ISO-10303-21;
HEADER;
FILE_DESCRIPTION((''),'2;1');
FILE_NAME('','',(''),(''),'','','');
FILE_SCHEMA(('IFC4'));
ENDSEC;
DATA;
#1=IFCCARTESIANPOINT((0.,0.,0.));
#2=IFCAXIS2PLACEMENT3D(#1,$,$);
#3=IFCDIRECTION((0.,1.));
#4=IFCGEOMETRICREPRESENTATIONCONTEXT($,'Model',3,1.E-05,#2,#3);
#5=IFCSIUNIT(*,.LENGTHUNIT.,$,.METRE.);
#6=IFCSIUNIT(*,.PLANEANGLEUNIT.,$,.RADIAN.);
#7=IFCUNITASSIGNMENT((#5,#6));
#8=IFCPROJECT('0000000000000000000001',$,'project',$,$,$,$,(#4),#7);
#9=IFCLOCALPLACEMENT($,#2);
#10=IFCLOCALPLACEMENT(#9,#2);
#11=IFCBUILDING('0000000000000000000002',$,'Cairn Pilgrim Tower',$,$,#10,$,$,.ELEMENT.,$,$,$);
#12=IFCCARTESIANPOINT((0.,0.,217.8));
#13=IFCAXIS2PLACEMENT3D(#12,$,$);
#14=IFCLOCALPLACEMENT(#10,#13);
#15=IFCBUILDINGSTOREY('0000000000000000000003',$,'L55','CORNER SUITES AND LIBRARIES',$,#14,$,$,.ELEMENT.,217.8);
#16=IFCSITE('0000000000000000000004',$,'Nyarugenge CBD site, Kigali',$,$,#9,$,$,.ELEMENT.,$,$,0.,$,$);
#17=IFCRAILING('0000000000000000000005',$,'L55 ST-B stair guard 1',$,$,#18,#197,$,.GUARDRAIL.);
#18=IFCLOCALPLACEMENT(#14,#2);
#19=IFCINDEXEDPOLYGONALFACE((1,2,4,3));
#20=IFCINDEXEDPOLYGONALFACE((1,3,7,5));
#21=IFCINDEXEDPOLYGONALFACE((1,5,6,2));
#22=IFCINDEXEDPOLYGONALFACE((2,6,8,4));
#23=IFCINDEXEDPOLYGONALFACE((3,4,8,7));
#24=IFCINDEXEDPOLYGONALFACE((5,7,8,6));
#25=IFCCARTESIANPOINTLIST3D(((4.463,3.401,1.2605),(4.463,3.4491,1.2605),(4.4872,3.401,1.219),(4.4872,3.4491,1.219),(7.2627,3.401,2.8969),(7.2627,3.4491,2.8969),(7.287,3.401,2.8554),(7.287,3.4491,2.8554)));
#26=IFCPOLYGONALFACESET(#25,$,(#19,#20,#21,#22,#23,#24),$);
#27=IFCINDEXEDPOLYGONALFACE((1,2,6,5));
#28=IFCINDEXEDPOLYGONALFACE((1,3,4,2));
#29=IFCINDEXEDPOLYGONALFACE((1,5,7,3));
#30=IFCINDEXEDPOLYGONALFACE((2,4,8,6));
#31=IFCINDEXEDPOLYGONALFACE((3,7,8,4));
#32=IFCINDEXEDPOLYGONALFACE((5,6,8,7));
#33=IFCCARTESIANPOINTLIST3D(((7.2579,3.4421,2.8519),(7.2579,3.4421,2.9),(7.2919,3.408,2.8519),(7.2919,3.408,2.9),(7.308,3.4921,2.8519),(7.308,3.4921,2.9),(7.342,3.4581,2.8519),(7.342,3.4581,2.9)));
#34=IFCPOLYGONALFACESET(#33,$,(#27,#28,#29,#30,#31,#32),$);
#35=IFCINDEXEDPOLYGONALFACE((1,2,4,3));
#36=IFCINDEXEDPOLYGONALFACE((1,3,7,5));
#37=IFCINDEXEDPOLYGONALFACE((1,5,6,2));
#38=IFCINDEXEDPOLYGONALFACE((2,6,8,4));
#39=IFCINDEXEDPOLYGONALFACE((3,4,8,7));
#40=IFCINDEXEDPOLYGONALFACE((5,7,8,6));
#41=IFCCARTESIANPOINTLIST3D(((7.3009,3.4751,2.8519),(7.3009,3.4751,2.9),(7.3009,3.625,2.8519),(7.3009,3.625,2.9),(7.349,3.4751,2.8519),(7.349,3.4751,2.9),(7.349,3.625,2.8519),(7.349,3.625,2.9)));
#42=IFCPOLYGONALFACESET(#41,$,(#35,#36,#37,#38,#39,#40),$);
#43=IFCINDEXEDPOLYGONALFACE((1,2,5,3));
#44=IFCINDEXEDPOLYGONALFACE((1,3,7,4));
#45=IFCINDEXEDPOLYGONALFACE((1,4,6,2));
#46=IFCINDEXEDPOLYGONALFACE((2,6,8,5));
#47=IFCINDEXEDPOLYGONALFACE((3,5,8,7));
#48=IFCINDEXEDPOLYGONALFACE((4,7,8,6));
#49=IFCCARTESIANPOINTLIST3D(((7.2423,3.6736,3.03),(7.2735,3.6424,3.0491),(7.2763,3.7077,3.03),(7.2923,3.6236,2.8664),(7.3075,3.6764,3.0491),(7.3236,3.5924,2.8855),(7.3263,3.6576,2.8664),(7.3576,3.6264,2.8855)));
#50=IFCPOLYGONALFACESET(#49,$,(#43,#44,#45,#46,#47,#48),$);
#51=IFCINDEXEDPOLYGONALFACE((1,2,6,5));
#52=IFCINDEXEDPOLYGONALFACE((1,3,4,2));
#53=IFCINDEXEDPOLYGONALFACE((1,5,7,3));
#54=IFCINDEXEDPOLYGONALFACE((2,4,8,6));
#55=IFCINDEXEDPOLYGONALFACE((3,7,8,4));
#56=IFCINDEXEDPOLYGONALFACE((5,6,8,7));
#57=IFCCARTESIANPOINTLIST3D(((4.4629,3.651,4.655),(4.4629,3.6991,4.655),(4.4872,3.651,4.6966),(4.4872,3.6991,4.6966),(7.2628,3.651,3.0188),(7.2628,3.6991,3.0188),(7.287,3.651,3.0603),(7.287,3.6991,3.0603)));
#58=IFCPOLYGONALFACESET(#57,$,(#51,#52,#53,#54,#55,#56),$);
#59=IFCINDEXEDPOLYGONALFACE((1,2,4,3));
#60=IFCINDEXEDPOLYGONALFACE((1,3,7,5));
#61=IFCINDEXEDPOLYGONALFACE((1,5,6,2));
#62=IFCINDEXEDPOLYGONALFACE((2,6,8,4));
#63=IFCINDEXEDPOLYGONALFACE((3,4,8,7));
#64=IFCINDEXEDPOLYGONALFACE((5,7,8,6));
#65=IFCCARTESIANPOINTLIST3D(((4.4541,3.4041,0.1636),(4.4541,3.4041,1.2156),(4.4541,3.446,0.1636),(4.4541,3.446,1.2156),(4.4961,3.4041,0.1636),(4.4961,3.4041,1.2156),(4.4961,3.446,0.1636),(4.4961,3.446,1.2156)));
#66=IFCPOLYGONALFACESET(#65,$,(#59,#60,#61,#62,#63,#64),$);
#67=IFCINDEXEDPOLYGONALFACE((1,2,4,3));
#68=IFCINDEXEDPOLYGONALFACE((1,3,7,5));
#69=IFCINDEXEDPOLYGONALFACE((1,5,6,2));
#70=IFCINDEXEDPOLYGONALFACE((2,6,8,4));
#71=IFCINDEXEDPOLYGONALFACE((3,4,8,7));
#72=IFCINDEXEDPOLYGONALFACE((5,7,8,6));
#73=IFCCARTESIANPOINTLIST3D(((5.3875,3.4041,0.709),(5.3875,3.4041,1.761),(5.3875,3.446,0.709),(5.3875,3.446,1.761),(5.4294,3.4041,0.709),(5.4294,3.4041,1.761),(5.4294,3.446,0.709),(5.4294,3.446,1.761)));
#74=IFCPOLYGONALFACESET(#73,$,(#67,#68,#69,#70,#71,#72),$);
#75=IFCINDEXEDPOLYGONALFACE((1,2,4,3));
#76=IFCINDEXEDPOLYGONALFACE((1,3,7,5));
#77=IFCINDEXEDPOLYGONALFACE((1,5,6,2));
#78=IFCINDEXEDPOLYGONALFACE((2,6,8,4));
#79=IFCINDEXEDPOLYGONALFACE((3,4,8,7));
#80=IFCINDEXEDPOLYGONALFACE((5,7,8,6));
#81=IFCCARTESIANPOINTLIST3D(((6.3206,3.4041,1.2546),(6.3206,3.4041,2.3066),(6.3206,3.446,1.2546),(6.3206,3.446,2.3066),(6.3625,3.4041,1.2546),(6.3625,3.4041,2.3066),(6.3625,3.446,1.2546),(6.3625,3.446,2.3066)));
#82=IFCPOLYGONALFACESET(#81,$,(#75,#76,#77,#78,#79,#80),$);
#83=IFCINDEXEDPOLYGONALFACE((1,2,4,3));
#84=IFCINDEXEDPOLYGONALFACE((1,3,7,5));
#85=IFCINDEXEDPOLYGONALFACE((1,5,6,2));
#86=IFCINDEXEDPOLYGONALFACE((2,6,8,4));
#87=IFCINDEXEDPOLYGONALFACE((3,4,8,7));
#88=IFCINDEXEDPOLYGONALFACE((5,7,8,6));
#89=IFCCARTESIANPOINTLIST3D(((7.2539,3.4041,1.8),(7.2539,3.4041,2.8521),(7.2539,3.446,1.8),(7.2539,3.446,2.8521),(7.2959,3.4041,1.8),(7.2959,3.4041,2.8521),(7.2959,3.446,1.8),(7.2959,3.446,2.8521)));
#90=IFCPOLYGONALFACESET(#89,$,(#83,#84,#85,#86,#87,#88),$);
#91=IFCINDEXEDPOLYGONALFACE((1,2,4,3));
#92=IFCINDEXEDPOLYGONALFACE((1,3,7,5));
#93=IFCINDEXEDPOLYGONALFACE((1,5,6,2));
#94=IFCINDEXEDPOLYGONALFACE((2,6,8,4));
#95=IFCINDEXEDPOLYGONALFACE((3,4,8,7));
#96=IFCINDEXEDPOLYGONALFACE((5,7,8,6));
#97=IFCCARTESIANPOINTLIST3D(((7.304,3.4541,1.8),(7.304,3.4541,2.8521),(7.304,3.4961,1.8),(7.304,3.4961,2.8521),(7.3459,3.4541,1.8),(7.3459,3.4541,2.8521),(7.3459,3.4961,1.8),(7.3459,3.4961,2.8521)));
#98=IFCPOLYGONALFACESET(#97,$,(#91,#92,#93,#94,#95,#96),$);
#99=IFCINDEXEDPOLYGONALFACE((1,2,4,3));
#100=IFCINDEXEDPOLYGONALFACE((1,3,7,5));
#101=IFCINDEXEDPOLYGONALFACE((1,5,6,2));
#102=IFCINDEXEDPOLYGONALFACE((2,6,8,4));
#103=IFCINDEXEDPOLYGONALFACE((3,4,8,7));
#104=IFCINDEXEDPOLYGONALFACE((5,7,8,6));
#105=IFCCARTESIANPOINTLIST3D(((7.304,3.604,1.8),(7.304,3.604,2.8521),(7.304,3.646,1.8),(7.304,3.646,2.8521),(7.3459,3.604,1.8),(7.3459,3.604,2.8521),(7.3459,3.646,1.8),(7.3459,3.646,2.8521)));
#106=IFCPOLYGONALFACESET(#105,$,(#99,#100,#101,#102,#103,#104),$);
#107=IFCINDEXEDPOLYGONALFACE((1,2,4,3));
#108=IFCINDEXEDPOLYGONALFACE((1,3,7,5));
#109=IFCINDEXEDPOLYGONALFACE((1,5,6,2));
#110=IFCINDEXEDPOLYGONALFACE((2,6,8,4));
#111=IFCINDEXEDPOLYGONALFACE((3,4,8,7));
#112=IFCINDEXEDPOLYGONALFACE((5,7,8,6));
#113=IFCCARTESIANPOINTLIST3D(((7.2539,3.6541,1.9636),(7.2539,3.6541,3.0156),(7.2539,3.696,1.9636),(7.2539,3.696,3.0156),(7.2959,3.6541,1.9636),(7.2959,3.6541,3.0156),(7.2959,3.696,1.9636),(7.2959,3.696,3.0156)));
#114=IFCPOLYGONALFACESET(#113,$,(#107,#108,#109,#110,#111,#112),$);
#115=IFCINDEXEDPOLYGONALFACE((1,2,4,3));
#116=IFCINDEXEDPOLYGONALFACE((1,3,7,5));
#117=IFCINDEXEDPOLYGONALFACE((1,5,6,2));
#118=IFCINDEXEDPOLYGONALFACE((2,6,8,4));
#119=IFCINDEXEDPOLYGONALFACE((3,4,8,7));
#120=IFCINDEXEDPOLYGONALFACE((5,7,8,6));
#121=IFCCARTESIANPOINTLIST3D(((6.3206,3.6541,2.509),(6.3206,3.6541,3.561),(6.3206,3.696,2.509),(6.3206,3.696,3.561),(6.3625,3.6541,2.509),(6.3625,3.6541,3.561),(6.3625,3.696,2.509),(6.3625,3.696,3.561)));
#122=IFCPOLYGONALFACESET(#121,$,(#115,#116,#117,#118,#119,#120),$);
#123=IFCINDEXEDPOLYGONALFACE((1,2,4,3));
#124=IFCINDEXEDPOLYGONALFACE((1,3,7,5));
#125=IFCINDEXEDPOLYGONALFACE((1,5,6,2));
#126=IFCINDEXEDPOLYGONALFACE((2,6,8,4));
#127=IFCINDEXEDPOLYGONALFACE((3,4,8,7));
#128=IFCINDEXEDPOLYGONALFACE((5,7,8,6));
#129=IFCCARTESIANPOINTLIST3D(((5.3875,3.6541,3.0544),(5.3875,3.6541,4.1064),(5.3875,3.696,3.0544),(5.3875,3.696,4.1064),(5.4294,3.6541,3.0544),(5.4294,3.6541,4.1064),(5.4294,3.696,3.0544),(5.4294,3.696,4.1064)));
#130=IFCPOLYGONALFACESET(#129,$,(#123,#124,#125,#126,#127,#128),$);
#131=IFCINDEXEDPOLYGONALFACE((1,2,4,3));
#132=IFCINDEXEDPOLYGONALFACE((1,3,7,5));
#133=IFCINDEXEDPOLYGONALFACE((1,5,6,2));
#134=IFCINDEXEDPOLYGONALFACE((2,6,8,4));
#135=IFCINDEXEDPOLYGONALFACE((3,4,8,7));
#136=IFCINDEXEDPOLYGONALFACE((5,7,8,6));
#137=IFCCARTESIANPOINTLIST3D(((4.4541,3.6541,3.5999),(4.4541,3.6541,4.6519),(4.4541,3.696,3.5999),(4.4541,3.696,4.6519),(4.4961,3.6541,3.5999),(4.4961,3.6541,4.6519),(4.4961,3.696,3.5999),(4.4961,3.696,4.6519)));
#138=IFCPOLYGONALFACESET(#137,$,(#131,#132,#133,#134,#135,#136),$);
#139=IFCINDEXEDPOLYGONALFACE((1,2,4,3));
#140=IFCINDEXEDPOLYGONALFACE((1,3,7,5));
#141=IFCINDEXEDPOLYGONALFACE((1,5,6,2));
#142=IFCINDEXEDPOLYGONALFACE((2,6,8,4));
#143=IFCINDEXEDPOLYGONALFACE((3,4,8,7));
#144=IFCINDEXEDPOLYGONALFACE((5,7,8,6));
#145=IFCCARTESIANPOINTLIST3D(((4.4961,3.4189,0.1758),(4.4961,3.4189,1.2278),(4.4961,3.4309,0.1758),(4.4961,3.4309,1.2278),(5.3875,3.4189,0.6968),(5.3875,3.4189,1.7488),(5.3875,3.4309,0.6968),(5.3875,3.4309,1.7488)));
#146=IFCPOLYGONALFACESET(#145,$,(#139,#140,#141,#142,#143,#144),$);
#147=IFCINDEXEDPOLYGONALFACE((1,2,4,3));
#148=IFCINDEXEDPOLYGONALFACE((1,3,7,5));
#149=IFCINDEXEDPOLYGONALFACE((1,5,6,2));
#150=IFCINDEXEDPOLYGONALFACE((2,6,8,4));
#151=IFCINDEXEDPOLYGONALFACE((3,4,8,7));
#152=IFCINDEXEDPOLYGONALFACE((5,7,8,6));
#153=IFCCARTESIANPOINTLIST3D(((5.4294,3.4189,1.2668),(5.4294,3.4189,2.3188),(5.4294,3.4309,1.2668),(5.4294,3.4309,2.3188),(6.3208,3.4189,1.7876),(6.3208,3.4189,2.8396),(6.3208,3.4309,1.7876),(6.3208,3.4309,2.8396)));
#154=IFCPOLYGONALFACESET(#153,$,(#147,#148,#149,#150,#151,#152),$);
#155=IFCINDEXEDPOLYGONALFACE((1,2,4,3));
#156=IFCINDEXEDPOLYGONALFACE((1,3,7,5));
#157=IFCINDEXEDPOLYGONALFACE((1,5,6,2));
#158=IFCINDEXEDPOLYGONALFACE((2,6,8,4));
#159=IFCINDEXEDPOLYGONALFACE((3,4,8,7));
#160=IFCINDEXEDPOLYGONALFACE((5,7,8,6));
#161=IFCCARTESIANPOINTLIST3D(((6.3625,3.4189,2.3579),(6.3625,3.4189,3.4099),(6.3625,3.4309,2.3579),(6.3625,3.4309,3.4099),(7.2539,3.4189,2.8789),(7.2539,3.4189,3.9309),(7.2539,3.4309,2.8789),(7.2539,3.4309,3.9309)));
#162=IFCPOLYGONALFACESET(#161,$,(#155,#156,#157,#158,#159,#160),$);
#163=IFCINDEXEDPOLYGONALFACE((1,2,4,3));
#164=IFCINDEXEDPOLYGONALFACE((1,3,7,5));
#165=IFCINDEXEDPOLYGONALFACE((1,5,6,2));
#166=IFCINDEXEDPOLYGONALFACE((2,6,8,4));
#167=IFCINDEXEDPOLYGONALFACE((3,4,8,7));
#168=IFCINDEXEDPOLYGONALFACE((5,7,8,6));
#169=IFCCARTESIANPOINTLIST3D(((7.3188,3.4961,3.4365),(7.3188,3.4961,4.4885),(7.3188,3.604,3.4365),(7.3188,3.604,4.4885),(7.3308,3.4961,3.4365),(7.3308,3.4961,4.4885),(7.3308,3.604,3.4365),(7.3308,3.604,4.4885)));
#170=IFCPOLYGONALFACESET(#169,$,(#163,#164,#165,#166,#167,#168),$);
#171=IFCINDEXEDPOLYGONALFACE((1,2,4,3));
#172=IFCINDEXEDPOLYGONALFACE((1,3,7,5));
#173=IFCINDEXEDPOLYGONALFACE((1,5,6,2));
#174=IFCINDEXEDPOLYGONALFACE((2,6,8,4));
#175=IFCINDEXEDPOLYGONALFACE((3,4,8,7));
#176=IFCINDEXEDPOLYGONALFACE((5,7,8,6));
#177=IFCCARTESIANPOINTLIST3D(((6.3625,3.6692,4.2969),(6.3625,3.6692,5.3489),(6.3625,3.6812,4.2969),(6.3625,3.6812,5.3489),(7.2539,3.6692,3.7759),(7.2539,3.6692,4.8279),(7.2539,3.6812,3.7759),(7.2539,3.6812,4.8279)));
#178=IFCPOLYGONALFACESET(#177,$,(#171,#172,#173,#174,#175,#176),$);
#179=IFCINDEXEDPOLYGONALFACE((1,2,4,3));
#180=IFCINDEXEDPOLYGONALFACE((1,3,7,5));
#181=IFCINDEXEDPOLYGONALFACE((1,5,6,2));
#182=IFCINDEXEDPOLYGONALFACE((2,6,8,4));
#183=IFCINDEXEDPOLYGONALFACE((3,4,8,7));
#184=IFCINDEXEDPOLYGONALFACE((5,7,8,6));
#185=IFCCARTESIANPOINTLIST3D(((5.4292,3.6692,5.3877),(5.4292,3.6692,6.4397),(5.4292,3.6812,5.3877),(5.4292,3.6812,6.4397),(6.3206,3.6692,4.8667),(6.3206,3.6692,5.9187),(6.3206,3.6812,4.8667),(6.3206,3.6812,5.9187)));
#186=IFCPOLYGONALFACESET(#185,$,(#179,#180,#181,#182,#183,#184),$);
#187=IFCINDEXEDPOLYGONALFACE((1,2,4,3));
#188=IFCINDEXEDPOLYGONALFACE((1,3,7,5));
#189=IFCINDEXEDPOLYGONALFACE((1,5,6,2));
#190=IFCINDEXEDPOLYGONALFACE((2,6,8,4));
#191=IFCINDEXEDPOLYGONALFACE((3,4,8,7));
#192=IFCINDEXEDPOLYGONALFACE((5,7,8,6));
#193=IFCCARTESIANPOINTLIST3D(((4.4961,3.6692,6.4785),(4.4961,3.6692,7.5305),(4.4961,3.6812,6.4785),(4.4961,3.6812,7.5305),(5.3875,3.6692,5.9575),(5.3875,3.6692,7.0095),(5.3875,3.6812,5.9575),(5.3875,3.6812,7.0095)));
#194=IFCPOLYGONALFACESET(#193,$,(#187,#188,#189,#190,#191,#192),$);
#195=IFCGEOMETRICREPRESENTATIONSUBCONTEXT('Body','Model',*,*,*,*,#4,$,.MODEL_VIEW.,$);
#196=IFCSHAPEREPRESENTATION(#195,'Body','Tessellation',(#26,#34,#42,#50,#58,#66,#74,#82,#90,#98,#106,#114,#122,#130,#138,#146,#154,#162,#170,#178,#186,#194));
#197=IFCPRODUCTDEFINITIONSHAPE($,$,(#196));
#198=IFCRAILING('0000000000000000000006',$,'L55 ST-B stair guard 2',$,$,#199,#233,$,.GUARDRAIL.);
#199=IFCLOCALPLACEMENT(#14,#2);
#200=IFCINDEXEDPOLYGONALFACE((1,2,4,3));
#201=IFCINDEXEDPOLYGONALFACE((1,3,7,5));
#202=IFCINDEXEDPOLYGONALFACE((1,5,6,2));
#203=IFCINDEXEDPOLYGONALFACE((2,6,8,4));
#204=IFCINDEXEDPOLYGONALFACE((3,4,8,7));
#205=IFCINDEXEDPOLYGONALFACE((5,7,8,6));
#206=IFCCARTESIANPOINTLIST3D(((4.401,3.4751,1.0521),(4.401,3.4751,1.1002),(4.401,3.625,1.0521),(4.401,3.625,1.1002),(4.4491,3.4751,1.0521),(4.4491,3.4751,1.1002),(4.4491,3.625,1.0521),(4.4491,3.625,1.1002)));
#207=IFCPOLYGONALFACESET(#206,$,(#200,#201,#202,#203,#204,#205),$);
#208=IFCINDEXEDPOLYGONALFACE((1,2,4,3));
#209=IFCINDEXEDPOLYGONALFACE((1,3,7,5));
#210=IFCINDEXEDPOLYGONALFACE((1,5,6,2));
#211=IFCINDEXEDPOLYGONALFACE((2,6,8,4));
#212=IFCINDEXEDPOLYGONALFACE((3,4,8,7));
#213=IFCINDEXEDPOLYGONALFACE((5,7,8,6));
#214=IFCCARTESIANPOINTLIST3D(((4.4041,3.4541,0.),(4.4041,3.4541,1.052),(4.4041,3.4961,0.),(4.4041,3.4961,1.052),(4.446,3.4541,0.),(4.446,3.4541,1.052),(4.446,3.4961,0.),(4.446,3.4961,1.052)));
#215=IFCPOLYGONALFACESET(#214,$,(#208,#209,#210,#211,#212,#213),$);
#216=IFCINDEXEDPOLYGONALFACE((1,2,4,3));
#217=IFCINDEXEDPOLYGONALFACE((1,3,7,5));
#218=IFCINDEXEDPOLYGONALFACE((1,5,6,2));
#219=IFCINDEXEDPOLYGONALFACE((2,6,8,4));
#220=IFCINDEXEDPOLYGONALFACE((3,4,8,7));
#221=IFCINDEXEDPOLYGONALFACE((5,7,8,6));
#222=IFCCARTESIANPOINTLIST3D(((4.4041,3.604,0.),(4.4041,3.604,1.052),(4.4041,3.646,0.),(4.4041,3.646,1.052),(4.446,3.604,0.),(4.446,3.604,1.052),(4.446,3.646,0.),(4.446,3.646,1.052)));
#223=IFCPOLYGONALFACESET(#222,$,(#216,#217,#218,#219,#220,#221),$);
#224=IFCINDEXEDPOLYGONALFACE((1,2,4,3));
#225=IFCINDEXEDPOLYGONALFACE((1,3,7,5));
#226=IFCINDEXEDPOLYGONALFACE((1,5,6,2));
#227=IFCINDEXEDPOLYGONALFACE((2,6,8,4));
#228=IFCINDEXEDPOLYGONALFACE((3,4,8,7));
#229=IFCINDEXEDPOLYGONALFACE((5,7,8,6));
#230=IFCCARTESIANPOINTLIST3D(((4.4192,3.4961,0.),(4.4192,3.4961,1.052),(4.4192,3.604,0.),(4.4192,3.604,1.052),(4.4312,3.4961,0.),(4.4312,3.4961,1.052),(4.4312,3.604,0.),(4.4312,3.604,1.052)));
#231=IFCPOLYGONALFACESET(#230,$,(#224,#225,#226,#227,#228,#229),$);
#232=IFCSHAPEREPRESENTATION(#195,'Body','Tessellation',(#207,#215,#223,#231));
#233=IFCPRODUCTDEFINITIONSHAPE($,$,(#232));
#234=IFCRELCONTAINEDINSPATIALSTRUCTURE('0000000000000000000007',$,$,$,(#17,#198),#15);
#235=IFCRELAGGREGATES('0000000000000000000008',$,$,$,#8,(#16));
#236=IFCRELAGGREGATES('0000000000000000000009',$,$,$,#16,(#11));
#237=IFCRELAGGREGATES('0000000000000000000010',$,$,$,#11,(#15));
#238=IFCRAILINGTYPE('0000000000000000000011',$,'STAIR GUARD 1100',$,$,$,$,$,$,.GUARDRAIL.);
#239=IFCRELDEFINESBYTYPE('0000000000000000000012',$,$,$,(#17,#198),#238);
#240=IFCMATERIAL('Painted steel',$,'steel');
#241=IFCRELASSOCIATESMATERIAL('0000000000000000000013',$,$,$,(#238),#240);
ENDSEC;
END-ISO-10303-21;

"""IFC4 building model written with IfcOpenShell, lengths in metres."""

from ifc_helpers import new_model, si_unit, direction, frame, origin, origin_2d, place, context, subcontext, project, spatial, polyline, rectangle, outline, extrude, material, type_object, element, save


model = new_model("IFC4")

# Units and contexts
model_context = context("Model", 3, precision=1e-05, world=origin(), true_north=direction((0.0, 1.0)))
body_context = subcontext(model_context, "Body", "Model", "MODEL_VIEW")
ifc_project = project(units=[si_unit("LENGTHUNIT", "METRE"), si_unit("PLANEANGLEUNIT", "RADIAN")], contexts=[model_context])

# Site, building, storey
site_placement = place(None, origin())
site = spatial("IfcSite", under=ifc_project, at=site_placement, Name="Nyarugenge CBD site, Kigali", CompositionType="ELEMENT", RefElevation=0.0)
building_placement = place(site_placement, origin())
building = spatial("IfcBuilding", under=site, at=building_placement, Name="Cairn Pilgrim Tower", CompositionType="ELEMENT")
storey_placement = place(building_placement, frame((0.0, 0.0, 217.8)))
storey = spatial("IfcBuildingStorey", under=building, at=storey_placement, Name="L55", Description="CORNER SUITES AND LIBRARIES", CompositionType="ELEMENT", Elevation=217.8)

# Shared definitions
ifc_material_1 = material(Name="Painted steel", Category="steel")

# Railings
railing_type_1 = type_object("IfcRailingType", Name="STAIR GUARD 1100", PredefinedType="GUARDRAIL", material=ifc_material_1)
railing_1_placement = place(storey_placement, frame((4.4751, 3.425, 0.1636)))
element("IfcRailing", 1, at=railing_1_placement, inside=storey, type_object=railing_type_1, Name="L55 ST-B stair guard 1", PredefinedType="GUARDRAIL", context=body_context, shape_type="SweptSolid", body=[
    extrude(rectangle(XDim=0.0481, YDim=0.0481, at=origin_2d()), frame((0.0, 0.0, 1.0762), z_axis=(0.863342, 0.0, 0.50462), x_axis=(0.0, 1.0, 0.0)), (0.0, 0.0, 1.0), 3.2429),
    extrude(rectangle(XDim=0.0481, YDim=0.0481, at=origin_2d()), frame((2.7998, 0.0, 2.7124), z_axis=(0.707107, 0.707107, 0.0), x_axis=(-0.707107, 0.707107, 0.0)), (0.0, 0.0, 1.0), 0.0708),
    extrude(rectangle(XDim=0.0481, YDim=0.0481, at=origin_2d()), frame((2.8499, 0.05, 2.7124), z_axis=(0.0, 1.0, 0.0), x_axis=(-1.0, 0.0, 0.0)), (0.0, 0.0, 1.0), 0.1499),
    extrude(rectangle(XDim=0.0481, YDim=0.0481, at=origin_2d()), frame((2.8499, 0.2, 2.7124), z_axis=(-0.280809, 0.280809, 0.917765), x_axis=(-0.707107, -0.707107, 0.0)), (0.0, 0.0, 1.0), 0.1782),
    extrude(rectangle(XDim=0.0481, YDim=0.0481, at=origin_2d()), frame((2.7998, 0.25, 2.876), z_axis=(-0.863374, 0.0, 0.504564), x_axis=(0.0, -1.0, 0.0)), (0.0, 0.0, 1.0), 3.2429),
    extrude(rectangle(XDim=0.042, YDim=0.042, at=origin_2d()), origin(), (0.0, 0.0, 1.0), 1.052),
    extrude(rectangle(XDim=0.042, YDim=0.042, at=origin_2d()), frame((0.9333, 0.0, 0.5454)), (0.0, 0.0, 1.0), 1.052),
    extrude(rectangle(XDim=0.042, YDim=0.042, at=origin_2d()), frame((1.8665, 0.0, 1.0911)), (0.0, 0.0, 1.0), 1.052),
    extrude(rectangle(XDim=0.042, YDim=0.042, at=origin_2d()), frame((2.7998, 0.0, 1.6365)), (0.0, 0.0, 1.0), 1.052),
    extrude(rectangle(XDim=0.042, YDim=0.042, at=origin_2d()), frame((2.8499, 0.05, 1.6365)), (0.0, 0.0, 1.0), 1.052),
    extrude(rectangle(XDim=0.042, YDim=0.042, at=origin_2d()), frame((2.8499, 0.2, 1.6365)), (0.0, 0.0, 1.0), 1.052),
    extrude(rectangle(XDim=0.042, YDim=0.042, at=origin_2d()), frame((2.7998, 0.25, 1.8)), (0.0, 0.0, 1.0), 1.052),
    extrude(rectangle(XDim=0.042, YDim=0.042, at=origin_2d()), frame((1.8665, 0.25, 2.3455)), (0.0, 0.0, 1.0), 1.052),
    extrude(rectangle(XDim=0.042, YDim=0.042, at=origin_2d()), frame((0.9333, 0.25, 2.8909)), (0.0, 0.0, 1.0), 1.052),
    extrude(rectangle(XDim=0.042, YDim=0.042, at=origin_2d()), frame((0.0, 0.25, 3.4363)), (0.0, 0.0, 1.0), 1.052),
    extrude(outline(polyline([(0.021, 0.0122), (0.9124, 0.5332), (0.9124, 1.5852), (0.021, 1.0642), (0.021, 0.0122)])), frame((0.0, 0.0059, 0.0), z_axis=(0.0, -1.0, 0.0), x_axis=(1.0, 0.0, 0.0)), (0.0, 0.0, 1.0), 0.012),
    extrude(outline(polyline([(0.021, 0.5579), (0.9124, 1.0786), (0.9124, 2.1306), (0.021, 1.6099), (0.021, 0.5579)])), frame((0.9333, 0.0059, 0.5454), z_axis=(0.0, -1.0, 0.0), x_axis=(1.0, 0.0, 0.0)), (0.0, 0.0, 1.0), 0.012),
    extrude(outline(polyline([(0.021, 1.1033), (0.9124, 1.6243), (0.9124, 2.6763), (0.021, 2.1553), (0.021, 1.1033)])), frame((1.8665, 0.0059, 1.0911), z_axis=(0.0, -1.0, 0.0), x_axis=(1.0, 0.0, 0.0)), (0.0, 0.0, 1.0), 0.012),
    extrude(outline(polyline([(0.021, 1.6365), (0.1289, 1.6365), (0.1289, 2.6885), (0.021, 2.6885), (0.021, 1.6365)])), frame((2.8438, 0.05, 1.6365), z_axis=(1.0, 0.0, 0.0), x_axis=(0.0, 1.0, 0.0)), (0.0, 0.0, 1.0), 0.012),
    extrude(outline(polyline([(0.021, 1.8123), (0.9124, 2.3333), (0.9124, 3.3853), (0.021, 2.8643), (0.021, 1.8123)])), frame((2.7998, 0.2441, 1.8), z_axis=(0.0, 1.0, 0.0), x_axis=(-1.0, 0.0, 0.0)), (0.0, 0.0, 1.0), 0.012),
    extrude(outline(polyline([(0.021, 2.3577), (0.9124, 2.8787), (0.9124, 3.9307), (0.021, 3.4097), (0.021, 2.3577)])), frame((1.8665, 0.2441, 2.3455), z_axis=(0.0, 1.0, 0.0), x_axis=(-1.0, 0.0, 0.0)), (0.0, 0.0, 1.0), 0.012),
    extrude(outline(polyline([(0.021, 2.9031), (0.9124, 3.4241), (0.9124, 4.4761), (0.021, 3.9551), (0.021, 2.9031)])), frame((0.9333, 0.2441, 2.8909), z_axis=(0.0, 1.0, 0.0), x_axis=(-1.0, 0.0, 0.0)), (0.0, 0.0, 1.0), 0.012),
])
railing_2_placement = place(storey_placement, frame((4.425, 3.4751, 0.0)))
element("IfcRailing", 2, at=railing_2_placement, inside=storey, type_object=railing_type_1, Name="L55 ST-B stair guard 2", PredefinedType="GUARDRAIL", context=body_context, shape_type="SweptSolid", body=[
    extrude(rectangle(XDim=0.0481, YDim=0.0481, at=origin_2d()), frame((0.0, 0.0, 1.0762), z_axis=(0.0, 1.0, 0.0), x_axis=(-1.0, 0.0, 0.0)), (0.0, 0.0, 1.0), 0.1499),
    extrude(rectangle(XDim=0.042, YDim=0.042, at=origin_2d()), origin(), (0.0, 0.0, 1.0), 1.052),
    extrude(rectangle(XDim=0.042, YDim=0.042, at=origin_2d()), frame((0.0, 0.1499, 0.0)), (0.0, 0.0, 1.0), 1.052),
    extrude(outline(polyline([(0.021, 0.0), (0.1289, 0.0), (0.1289, 1.052), (0.021, 1.052), (0.021, 0.0)])), frame((-0.0059, 0.0, 0.0), z_axis=(1.0, 0.0, 0.0), x_axis=(0.0, 1.0, 0.0)), (0.0, 0.0, 1.0), 0.012),
])

save(model, "model.ifc")
